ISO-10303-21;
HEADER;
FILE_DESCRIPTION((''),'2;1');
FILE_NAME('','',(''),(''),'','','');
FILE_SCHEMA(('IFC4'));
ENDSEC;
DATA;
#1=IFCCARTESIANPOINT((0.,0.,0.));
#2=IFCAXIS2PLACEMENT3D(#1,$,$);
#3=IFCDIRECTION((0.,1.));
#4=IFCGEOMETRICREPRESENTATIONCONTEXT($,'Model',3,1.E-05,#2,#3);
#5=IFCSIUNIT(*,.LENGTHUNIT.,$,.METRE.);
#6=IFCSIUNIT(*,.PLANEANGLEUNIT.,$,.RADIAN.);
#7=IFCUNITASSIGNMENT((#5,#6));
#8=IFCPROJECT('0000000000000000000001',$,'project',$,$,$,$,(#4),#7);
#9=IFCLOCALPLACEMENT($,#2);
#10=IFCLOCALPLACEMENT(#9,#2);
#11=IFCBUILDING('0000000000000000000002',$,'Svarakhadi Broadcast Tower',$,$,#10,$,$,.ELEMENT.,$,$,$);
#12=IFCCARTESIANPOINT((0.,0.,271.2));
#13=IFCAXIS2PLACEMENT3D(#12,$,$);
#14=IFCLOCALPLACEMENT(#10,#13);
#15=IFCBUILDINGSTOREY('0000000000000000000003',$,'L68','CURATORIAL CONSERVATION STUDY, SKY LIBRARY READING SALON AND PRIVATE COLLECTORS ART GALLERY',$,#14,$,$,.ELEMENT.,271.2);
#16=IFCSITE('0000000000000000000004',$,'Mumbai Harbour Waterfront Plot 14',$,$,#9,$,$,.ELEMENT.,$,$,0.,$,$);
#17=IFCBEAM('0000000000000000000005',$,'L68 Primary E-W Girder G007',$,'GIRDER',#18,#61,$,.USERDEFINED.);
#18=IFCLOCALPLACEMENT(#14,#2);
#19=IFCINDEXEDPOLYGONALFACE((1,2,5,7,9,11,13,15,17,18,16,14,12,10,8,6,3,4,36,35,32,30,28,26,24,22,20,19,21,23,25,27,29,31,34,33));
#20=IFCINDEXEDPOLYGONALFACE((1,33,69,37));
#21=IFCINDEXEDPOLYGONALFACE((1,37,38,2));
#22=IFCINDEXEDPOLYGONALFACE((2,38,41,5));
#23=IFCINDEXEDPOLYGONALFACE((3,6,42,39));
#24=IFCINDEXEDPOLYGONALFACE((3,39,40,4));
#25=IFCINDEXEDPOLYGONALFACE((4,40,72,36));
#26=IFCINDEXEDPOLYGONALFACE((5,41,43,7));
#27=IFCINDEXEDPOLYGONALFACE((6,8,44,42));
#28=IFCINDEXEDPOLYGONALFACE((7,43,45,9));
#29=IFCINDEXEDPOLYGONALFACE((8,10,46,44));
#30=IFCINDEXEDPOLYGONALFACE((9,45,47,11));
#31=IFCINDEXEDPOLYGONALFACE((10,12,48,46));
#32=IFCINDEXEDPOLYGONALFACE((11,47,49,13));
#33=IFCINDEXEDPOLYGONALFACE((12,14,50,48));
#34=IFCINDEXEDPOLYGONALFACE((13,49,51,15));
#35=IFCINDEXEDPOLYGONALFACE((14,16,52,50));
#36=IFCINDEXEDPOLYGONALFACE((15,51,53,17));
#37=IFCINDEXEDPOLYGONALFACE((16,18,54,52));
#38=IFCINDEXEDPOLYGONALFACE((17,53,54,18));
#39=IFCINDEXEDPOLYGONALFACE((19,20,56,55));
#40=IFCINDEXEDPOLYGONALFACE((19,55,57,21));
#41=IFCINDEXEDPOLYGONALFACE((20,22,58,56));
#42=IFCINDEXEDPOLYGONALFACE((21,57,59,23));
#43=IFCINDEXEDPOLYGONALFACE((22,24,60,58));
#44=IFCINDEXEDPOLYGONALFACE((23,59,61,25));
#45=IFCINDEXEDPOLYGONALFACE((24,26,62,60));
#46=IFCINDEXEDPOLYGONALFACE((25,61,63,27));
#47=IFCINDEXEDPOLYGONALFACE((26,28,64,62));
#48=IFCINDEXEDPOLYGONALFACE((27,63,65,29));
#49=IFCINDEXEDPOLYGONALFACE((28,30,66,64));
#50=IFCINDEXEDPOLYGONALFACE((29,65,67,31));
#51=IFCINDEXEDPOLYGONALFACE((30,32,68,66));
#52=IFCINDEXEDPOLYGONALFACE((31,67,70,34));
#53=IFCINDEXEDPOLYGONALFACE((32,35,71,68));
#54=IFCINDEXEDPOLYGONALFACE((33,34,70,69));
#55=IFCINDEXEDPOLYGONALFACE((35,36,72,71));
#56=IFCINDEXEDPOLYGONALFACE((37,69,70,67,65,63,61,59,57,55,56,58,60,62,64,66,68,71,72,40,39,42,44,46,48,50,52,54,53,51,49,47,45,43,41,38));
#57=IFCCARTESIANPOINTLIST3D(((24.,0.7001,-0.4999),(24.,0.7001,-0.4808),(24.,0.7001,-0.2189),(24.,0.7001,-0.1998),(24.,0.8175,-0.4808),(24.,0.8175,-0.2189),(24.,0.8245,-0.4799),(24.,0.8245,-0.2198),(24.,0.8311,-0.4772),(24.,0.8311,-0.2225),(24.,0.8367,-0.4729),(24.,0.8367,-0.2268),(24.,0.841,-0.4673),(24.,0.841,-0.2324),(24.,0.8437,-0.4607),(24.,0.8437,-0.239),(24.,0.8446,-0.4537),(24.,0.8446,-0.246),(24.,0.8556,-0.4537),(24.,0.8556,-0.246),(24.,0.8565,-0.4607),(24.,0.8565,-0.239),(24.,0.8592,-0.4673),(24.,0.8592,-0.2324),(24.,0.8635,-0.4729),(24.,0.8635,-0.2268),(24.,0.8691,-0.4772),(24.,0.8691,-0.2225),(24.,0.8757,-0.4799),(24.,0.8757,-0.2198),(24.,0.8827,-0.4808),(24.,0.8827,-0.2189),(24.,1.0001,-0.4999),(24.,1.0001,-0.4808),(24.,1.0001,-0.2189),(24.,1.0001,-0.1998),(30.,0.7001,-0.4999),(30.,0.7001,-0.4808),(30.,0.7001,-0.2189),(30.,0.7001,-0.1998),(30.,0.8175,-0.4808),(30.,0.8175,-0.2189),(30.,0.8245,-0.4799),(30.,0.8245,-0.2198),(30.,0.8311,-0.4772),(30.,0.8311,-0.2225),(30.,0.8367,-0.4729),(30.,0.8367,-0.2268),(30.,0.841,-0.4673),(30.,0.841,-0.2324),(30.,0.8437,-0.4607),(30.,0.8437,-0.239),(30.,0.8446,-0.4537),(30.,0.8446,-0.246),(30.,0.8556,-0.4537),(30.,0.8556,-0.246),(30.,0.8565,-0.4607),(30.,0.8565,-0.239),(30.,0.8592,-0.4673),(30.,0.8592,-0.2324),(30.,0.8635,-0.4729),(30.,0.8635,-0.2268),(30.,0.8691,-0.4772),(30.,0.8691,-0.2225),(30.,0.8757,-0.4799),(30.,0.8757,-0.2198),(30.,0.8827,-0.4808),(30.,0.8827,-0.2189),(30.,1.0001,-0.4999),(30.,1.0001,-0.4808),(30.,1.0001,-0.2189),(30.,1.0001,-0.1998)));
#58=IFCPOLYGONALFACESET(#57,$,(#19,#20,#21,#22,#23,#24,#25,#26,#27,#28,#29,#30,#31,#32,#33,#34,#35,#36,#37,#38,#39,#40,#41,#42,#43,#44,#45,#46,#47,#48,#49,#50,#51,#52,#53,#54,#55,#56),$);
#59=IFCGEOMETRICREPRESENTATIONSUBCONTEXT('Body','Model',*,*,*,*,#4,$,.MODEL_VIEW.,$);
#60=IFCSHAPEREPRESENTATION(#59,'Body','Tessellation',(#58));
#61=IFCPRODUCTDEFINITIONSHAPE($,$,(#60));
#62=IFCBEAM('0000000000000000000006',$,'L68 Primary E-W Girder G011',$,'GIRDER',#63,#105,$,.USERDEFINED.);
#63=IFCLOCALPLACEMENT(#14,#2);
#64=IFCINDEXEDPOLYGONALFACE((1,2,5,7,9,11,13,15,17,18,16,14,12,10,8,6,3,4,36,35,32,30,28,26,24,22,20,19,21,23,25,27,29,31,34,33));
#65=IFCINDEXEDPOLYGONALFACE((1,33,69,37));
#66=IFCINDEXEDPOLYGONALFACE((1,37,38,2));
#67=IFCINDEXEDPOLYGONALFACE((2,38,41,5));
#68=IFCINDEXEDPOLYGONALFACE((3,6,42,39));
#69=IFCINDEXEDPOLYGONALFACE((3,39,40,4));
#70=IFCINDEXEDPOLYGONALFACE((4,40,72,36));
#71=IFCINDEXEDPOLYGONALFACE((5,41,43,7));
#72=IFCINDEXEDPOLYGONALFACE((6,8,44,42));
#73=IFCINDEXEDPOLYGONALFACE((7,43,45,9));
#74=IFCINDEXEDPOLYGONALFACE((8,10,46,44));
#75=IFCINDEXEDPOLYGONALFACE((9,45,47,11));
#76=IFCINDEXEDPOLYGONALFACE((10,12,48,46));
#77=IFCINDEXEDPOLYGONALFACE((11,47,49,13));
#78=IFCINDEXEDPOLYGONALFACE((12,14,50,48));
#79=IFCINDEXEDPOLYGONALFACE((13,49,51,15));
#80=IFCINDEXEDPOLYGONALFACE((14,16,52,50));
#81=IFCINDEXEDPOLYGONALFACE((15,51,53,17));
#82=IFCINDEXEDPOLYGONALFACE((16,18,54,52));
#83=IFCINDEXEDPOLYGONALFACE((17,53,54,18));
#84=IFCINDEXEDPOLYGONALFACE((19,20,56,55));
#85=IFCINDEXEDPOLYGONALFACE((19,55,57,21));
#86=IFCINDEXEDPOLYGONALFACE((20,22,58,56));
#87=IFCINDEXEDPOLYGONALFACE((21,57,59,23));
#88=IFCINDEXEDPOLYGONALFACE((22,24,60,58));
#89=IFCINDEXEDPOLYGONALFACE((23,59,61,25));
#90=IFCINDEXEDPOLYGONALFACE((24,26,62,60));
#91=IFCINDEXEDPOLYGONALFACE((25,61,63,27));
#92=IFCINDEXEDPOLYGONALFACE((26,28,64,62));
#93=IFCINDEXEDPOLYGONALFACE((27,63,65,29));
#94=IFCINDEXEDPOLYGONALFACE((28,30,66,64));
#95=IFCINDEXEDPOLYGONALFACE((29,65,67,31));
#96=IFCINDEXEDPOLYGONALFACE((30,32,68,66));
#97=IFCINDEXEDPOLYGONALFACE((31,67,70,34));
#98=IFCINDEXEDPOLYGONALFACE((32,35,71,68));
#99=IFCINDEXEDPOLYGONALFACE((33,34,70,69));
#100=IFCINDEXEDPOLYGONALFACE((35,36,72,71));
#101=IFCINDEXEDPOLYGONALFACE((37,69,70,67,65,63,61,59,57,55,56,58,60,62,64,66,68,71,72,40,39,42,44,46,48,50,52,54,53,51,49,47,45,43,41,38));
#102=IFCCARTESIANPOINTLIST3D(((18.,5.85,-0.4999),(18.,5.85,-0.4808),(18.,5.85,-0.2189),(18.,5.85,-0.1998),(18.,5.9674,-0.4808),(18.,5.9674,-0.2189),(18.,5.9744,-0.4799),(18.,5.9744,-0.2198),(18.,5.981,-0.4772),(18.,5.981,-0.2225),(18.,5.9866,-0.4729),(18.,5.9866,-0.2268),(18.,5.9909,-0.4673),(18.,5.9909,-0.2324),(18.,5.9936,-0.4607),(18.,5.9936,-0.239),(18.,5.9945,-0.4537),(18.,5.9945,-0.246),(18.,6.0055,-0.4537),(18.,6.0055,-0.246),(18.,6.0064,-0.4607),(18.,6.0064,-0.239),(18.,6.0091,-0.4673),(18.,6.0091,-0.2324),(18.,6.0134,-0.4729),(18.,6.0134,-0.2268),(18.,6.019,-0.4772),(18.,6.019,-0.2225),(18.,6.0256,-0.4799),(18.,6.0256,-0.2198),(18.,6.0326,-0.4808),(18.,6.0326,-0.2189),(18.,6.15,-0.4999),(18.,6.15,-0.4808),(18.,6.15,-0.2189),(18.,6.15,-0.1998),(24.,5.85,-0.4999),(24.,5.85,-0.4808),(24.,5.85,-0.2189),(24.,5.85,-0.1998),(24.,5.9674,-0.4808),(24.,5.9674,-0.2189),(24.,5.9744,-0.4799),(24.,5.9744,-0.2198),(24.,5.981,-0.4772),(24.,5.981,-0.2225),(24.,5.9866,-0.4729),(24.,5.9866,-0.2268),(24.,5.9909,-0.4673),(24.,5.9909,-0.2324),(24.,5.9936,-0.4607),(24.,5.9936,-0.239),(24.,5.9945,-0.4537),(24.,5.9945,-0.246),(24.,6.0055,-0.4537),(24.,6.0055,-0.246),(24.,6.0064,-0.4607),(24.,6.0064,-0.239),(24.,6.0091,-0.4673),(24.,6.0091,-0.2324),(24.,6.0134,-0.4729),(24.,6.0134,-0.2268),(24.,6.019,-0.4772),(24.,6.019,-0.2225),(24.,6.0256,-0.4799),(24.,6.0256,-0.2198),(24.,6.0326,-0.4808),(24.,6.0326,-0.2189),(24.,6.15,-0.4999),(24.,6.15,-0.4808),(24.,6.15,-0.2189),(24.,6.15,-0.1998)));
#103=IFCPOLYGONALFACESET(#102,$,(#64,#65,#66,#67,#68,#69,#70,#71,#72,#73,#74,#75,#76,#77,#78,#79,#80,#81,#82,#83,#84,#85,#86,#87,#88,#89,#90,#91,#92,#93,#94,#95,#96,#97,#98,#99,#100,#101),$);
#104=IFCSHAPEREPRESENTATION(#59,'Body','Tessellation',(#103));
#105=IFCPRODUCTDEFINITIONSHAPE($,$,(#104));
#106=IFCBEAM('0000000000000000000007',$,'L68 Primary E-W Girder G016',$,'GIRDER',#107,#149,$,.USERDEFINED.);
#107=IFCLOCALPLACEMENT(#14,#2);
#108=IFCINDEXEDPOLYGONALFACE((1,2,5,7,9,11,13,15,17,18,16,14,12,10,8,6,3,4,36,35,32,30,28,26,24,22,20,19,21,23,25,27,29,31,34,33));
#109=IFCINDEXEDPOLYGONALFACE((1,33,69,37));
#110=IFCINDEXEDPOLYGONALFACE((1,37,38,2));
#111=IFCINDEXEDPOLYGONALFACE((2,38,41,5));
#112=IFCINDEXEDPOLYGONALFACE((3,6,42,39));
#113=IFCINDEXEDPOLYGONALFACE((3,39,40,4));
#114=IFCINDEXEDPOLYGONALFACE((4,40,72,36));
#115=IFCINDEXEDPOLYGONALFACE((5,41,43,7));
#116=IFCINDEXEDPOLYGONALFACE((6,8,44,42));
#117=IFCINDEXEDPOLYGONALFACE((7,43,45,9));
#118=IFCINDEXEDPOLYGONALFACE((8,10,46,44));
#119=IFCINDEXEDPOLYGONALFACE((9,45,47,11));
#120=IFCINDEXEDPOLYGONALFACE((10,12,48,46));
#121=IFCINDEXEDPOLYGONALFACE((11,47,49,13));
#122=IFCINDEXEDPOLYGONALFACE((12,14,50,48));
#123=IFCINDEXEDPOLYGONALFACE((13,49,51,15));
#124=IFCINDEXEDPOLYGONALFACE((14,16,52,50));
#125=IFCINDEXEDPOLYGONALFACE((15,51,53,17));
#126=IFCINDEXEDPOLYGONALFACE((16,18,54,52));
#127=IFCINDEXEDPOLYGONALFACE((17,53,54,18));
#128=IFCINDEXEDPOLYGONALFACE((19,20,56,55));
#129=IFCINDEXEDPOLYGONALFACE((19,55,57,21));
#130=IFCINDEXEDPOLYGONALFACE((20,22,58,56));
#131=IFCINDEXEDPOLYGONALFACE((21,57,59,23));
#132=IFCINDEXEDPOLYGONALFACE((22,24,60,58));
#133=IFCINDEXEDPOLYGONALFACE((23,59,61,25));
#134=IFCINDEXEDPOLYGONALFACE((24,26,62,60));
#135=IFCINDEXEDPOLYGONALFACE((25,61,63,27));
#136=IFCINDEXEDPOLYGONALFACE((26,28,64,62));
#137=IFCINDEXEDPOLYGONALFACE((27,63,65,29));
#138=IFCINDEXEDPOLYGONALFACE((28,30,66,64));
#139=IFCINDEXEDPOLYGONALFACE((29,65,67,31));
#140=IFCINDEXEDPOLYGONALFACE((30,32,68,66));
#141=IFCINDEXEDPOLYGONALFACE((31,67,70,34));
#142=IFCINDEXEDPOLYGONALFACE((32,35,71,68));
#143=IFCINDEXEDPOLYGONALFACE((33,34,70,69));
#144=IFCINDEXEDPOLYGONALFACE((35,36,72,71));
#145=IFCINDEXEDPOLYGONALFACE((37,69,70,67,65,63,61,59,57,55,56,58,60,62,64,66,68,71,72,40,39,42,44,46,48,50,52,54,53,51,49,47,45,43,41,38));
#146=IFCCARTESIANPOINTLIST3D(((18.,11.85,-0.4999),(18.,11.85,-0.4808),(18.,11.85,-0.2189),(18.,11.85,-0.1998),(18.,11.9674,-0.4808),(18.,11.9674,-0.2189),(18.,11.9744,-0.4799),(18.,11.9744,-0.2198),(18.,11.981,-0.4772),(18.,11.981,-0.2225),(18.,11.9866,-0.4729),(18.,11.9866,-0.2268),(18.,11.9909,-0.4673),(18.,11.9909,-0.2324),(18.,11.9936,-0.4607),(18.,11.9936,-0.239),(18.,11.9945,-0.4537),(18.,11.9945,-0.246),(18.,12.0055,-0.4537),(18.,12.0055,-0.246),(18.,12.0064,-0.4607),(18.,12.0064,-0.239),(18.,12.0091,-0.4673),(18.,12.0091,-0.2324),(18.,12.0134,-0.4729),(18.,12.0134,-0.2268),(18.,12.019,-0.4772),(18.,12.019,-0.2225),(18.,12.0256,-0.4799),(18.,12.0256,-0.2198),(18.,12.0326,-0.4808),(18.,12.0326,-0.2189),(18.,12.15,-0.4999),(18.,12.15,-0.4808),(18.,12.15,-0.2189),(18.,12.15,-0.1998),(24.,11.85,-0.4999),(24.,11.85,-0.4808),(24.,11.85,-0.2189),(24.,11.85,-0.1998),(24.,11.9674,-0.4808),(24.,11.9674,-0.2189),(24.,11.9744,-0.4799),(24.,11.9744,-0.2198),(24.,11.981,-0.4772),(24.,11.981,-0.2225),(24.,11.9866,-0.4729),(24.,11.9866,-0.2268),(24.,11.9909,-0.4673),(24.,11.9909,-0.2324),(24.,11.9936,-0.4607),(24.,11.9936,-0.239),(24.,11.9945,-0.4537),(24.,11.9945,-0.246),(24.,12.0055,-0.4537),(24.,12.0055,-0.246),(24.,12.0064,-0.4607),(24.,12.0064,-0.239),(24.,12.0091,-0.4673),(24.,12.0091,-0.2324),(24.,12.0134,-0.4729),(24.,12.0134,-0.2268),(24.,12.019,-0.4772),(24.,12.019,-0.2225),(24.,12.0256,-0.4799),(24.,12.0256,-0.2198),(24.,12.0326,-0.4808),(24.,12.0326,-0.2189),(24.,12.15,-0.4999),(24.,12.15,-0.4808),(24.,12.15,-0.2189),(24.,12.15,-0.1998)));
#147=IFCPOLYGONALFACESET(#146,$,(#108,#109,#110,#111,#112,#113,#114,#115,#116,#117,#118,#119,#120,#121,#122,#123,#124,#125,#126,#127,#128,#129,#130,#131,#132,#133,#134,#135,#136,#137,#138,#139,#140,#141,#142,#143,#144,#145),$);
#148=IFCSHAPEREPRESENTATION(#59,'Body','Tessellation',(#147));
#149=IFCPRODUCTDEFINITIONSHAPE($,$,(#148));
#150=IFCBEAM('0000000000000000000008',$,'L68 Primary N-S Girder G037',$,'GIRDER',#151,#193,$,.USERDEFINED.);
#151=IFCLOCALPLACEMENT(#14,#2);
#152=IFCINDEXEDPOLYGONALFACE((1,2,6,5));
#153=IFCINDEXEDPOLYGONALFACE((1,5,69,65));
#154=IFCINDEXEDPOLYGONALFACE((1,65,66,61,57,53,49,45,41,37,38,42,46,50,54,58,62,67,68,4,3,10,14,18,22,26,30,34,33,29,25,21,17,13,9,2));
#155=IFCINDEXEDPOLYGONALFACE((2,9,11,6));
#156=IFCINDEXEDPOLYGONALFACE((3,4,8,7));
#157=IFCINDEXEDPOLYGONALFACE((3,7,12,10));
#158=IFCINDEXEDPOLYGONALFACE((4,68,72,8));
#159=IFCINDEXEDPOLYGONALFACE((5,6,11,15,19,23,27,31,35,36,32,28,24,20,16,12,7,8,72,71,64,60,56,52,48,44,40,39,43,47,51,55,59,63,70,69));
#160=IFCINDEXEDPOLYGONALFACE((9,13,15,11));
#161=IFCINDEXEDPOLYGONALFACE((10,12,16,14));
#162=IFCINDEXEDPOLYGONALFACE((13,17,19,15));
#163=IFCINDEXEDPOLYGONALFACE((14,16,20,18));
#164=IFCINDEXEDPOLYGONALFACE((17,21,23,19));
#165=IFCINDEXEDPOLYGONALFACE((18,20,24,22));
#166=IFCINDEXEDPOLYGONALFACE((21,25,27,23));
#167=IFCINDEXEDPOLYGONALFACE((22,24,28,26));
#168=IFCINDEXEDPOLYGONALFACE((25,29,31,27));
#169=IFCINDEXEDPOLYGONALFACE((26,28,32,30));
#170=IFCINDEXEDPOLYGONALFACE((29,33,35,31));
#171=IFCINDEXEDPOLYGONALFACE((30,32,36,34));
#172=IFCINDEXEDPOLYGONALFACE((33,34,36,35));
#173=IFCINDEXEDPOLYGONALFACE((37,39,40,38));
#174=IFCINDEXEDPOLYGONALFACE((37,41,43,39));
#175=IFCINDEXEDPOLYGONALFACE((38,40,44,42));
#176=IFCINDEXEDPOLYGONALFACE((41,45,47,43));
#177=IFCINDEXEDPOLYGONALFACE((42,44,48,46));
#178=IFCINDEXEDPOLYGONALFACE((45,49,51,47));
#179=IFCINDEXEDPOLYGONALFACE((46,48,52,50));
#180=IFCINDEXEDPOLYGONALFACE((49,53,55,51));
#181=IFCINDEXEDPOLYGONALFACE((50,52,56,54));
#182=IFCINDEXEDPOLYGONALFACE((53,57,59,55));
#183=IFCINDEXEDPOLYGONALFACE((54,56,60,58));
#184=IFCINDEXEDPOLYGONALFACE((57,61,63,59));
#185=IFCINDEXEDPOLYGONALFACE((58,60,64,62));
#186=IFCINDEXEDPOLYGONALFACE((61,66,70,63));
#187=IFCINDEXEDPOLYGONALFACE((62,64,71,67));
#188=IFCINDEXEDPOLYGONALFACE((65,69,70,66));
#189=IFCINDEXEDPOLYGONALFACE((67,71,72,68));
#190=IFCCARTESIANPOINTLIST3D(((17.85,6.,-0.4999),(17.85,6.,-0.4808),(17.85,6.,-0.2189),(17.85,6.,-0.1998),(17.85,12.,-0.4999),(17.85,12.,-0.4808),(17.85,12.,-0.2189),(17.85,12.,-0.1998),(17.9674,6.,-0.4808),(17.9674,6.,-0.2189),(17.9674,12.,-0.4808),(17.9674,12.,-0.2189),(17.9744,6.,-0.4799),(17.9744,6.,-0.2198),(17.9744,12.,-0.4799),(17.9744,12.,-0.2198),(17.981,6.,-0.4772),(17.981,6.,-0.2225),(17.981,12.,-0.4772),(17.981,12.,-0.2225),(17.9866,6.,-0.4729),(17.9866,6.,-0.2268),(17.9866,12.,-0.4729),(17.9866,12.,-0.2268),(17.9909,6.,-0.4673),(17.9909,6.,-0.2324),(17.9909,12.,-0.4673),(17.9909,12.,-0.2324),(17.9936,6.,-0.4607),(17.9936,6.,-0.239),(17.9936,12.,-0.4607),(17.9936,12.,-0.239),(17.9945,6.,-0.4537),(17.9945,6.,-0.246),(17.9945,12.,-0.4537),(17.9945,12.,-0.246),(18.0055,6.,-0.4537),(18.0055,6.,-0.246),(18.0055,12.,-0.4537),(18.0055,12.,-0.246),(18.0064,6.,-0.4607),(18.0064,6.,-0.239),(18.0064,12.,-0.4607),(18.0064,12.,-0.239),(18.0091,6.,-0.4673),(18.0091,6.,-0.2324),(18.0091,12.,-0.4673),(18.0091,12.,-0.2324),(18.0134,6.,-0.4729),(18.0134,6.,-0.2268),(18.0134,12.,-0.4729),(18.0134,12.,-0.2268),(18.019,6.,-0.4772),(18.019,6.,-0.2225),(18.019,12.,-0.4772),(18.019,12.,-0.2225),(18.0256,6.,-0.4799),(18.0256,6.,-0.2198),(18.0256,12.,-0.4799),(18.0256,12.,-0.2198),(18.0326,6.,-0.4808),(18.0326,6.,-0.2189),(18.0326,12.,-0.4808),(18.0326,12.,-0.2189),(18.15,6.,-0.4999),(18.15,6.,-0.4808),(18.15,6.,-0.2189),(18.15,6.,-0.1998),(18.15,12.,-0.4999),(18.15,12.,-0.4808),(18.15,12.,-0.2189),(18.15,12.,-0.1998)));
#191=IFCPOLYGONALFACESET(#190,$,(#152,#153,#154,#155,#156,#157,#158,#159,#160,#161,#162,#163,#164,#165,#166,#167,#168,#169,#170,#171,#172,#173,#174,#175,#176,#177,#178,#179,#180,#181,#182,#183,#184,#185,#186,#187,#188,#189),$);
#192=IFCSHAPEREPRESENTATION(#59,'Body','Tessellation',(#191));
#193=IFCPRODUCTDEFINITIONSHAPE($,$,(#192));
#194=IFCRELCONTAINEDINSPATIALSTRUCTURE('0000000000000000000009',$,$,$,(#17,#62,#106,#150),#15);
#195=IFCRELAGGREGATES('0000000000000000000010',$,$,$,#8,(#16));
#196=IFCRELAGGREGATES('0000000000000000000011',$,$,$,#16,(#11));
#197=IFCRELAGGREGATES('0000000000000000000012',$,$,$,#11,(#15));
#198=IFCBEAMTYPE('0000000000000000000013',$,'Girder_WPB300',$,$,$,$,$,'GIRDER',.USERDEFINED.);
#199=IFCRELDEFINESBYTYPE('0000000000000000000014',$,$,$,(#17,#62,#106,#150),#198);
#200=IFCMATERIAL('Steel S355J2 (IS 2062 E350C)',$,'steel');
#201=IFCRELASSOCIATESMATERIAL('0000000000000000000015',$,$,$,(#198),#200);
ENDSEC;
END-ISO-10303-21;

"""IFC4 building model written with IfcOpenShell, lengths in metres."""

from ifc_helpers import new_model, si_unit, direction, frame, origin, origin_2d, place, context, subcontext, project, spatial, i_section, extrude, material, material_profile, profile_set, type_object, element, save


model = new_model("IFC4")

# Units and contexts
model_context = context("Model", 3, precision=1e-05, world=origin(), true_north=direction((0.0, 1.0)))
body_context = subcontext(model_context, "Body", "Model", "MODEL_VIEW")
ifc_project = project(units=[si_unit("LENGTHUNIT", "METRE"), si_unit("PLANEANGLEUNIT", "RADIAN")], contexts=[model_context])

# Site, building, storey
site_placement = place(None, origin())
site = spatial("IfcSite", under=ifc_project, at=site_placement, Name="Mumbai Harbour Waterfront Plot 14", CompositionType="ELEMENT", RefElevation=0.0)
building_placement = place(site_placement, origin())
building = spatial("IfcBuilding", under=site, at=building_placement, Name="Svarakhadi Broadcast Tower", CompositionType="ELEMENT")
storey_placement = place(building_placement, frame((0.0, 0.0, 271.2)))
storey = spatial("IfcBuildingStorey", under=building, at=storey_placement, Name="L68", Description="CURATORIAL CONSERVATION STUDY, SKY LIBRARY READING SALON AND PRIVATE COLLECTORS ART GALLERY", CompositionType="ELEMENT", Elevation=271.2)

# Beams
ifc_material_1 = material(Name="Steel S355J2 (IS 2062 E350C)", Category="steel")
ifc_material_profile_1 = material_profile(ifc_material_1, i_section(OverallWidth=0.3, OverallDepth=0.3, WebThickness=0.011, FlangeThickness=0.019, FilletRadius=0.0271, at=origin_2d()), Name="WPB 300x300x117")
ifc_profile_set_1 = profile_set([ifc_material_profile_1], Name="Steel S355J2 (IS 2062 E350C)")
beam_type_1 = type_object("IfcBeamType", Name="Girder_WPB300", ElementType="GIRDER", PredefinedType="USERDEFINED", material=ifc_profile_set_1)
for number, where, z_axis, x_axis, name in (
    (1, (24.0, 0.8501, -0.3499), (1.0, 0.0, 0.0), (0.0, 1.0, 0.0), "L68 Primary E-W Girder G007"),
    (2, (18.0, 6.0, -0.3499), (1.0, 0.0, 0.0), (0.0, 1.0, 0.0), "L68 Primary E-W Girder G011"),
    (3, (18.0, 12.0, -0.3499), (1.0, 0.0, 0.0), (0.0, 1.0, 0.0), "L68 Primary E-W Girder G016"),
    (4, (18.0, 6.0, -0.3499), (0.0, 1.0, 0.0), (-1.0, 0.0, 0.0), "L68 Primary N-S Girder G037"),
):
    element("IfcBeam", number, at=place(storey_placement, frame(where, z_axis=z_axis, x_axis=x_axis)), inside=storey, type_object=beam_type_1, Name=name, ObjectType="GIRDER", PredefinedType="USERDEFINED", context=body_context, shape_type="SweptSolid", body=[
        extrude(i_section(OverallWidth=0.3, OverallDepth=0.3, WebThickness=0.011, FlangeThickness=0.019, FilletRadius=0.0271, at=origin_2d()), origin(), (0.0, 0.0, 1.0), 6.0),
    ])

save(model, "model.ifc")
